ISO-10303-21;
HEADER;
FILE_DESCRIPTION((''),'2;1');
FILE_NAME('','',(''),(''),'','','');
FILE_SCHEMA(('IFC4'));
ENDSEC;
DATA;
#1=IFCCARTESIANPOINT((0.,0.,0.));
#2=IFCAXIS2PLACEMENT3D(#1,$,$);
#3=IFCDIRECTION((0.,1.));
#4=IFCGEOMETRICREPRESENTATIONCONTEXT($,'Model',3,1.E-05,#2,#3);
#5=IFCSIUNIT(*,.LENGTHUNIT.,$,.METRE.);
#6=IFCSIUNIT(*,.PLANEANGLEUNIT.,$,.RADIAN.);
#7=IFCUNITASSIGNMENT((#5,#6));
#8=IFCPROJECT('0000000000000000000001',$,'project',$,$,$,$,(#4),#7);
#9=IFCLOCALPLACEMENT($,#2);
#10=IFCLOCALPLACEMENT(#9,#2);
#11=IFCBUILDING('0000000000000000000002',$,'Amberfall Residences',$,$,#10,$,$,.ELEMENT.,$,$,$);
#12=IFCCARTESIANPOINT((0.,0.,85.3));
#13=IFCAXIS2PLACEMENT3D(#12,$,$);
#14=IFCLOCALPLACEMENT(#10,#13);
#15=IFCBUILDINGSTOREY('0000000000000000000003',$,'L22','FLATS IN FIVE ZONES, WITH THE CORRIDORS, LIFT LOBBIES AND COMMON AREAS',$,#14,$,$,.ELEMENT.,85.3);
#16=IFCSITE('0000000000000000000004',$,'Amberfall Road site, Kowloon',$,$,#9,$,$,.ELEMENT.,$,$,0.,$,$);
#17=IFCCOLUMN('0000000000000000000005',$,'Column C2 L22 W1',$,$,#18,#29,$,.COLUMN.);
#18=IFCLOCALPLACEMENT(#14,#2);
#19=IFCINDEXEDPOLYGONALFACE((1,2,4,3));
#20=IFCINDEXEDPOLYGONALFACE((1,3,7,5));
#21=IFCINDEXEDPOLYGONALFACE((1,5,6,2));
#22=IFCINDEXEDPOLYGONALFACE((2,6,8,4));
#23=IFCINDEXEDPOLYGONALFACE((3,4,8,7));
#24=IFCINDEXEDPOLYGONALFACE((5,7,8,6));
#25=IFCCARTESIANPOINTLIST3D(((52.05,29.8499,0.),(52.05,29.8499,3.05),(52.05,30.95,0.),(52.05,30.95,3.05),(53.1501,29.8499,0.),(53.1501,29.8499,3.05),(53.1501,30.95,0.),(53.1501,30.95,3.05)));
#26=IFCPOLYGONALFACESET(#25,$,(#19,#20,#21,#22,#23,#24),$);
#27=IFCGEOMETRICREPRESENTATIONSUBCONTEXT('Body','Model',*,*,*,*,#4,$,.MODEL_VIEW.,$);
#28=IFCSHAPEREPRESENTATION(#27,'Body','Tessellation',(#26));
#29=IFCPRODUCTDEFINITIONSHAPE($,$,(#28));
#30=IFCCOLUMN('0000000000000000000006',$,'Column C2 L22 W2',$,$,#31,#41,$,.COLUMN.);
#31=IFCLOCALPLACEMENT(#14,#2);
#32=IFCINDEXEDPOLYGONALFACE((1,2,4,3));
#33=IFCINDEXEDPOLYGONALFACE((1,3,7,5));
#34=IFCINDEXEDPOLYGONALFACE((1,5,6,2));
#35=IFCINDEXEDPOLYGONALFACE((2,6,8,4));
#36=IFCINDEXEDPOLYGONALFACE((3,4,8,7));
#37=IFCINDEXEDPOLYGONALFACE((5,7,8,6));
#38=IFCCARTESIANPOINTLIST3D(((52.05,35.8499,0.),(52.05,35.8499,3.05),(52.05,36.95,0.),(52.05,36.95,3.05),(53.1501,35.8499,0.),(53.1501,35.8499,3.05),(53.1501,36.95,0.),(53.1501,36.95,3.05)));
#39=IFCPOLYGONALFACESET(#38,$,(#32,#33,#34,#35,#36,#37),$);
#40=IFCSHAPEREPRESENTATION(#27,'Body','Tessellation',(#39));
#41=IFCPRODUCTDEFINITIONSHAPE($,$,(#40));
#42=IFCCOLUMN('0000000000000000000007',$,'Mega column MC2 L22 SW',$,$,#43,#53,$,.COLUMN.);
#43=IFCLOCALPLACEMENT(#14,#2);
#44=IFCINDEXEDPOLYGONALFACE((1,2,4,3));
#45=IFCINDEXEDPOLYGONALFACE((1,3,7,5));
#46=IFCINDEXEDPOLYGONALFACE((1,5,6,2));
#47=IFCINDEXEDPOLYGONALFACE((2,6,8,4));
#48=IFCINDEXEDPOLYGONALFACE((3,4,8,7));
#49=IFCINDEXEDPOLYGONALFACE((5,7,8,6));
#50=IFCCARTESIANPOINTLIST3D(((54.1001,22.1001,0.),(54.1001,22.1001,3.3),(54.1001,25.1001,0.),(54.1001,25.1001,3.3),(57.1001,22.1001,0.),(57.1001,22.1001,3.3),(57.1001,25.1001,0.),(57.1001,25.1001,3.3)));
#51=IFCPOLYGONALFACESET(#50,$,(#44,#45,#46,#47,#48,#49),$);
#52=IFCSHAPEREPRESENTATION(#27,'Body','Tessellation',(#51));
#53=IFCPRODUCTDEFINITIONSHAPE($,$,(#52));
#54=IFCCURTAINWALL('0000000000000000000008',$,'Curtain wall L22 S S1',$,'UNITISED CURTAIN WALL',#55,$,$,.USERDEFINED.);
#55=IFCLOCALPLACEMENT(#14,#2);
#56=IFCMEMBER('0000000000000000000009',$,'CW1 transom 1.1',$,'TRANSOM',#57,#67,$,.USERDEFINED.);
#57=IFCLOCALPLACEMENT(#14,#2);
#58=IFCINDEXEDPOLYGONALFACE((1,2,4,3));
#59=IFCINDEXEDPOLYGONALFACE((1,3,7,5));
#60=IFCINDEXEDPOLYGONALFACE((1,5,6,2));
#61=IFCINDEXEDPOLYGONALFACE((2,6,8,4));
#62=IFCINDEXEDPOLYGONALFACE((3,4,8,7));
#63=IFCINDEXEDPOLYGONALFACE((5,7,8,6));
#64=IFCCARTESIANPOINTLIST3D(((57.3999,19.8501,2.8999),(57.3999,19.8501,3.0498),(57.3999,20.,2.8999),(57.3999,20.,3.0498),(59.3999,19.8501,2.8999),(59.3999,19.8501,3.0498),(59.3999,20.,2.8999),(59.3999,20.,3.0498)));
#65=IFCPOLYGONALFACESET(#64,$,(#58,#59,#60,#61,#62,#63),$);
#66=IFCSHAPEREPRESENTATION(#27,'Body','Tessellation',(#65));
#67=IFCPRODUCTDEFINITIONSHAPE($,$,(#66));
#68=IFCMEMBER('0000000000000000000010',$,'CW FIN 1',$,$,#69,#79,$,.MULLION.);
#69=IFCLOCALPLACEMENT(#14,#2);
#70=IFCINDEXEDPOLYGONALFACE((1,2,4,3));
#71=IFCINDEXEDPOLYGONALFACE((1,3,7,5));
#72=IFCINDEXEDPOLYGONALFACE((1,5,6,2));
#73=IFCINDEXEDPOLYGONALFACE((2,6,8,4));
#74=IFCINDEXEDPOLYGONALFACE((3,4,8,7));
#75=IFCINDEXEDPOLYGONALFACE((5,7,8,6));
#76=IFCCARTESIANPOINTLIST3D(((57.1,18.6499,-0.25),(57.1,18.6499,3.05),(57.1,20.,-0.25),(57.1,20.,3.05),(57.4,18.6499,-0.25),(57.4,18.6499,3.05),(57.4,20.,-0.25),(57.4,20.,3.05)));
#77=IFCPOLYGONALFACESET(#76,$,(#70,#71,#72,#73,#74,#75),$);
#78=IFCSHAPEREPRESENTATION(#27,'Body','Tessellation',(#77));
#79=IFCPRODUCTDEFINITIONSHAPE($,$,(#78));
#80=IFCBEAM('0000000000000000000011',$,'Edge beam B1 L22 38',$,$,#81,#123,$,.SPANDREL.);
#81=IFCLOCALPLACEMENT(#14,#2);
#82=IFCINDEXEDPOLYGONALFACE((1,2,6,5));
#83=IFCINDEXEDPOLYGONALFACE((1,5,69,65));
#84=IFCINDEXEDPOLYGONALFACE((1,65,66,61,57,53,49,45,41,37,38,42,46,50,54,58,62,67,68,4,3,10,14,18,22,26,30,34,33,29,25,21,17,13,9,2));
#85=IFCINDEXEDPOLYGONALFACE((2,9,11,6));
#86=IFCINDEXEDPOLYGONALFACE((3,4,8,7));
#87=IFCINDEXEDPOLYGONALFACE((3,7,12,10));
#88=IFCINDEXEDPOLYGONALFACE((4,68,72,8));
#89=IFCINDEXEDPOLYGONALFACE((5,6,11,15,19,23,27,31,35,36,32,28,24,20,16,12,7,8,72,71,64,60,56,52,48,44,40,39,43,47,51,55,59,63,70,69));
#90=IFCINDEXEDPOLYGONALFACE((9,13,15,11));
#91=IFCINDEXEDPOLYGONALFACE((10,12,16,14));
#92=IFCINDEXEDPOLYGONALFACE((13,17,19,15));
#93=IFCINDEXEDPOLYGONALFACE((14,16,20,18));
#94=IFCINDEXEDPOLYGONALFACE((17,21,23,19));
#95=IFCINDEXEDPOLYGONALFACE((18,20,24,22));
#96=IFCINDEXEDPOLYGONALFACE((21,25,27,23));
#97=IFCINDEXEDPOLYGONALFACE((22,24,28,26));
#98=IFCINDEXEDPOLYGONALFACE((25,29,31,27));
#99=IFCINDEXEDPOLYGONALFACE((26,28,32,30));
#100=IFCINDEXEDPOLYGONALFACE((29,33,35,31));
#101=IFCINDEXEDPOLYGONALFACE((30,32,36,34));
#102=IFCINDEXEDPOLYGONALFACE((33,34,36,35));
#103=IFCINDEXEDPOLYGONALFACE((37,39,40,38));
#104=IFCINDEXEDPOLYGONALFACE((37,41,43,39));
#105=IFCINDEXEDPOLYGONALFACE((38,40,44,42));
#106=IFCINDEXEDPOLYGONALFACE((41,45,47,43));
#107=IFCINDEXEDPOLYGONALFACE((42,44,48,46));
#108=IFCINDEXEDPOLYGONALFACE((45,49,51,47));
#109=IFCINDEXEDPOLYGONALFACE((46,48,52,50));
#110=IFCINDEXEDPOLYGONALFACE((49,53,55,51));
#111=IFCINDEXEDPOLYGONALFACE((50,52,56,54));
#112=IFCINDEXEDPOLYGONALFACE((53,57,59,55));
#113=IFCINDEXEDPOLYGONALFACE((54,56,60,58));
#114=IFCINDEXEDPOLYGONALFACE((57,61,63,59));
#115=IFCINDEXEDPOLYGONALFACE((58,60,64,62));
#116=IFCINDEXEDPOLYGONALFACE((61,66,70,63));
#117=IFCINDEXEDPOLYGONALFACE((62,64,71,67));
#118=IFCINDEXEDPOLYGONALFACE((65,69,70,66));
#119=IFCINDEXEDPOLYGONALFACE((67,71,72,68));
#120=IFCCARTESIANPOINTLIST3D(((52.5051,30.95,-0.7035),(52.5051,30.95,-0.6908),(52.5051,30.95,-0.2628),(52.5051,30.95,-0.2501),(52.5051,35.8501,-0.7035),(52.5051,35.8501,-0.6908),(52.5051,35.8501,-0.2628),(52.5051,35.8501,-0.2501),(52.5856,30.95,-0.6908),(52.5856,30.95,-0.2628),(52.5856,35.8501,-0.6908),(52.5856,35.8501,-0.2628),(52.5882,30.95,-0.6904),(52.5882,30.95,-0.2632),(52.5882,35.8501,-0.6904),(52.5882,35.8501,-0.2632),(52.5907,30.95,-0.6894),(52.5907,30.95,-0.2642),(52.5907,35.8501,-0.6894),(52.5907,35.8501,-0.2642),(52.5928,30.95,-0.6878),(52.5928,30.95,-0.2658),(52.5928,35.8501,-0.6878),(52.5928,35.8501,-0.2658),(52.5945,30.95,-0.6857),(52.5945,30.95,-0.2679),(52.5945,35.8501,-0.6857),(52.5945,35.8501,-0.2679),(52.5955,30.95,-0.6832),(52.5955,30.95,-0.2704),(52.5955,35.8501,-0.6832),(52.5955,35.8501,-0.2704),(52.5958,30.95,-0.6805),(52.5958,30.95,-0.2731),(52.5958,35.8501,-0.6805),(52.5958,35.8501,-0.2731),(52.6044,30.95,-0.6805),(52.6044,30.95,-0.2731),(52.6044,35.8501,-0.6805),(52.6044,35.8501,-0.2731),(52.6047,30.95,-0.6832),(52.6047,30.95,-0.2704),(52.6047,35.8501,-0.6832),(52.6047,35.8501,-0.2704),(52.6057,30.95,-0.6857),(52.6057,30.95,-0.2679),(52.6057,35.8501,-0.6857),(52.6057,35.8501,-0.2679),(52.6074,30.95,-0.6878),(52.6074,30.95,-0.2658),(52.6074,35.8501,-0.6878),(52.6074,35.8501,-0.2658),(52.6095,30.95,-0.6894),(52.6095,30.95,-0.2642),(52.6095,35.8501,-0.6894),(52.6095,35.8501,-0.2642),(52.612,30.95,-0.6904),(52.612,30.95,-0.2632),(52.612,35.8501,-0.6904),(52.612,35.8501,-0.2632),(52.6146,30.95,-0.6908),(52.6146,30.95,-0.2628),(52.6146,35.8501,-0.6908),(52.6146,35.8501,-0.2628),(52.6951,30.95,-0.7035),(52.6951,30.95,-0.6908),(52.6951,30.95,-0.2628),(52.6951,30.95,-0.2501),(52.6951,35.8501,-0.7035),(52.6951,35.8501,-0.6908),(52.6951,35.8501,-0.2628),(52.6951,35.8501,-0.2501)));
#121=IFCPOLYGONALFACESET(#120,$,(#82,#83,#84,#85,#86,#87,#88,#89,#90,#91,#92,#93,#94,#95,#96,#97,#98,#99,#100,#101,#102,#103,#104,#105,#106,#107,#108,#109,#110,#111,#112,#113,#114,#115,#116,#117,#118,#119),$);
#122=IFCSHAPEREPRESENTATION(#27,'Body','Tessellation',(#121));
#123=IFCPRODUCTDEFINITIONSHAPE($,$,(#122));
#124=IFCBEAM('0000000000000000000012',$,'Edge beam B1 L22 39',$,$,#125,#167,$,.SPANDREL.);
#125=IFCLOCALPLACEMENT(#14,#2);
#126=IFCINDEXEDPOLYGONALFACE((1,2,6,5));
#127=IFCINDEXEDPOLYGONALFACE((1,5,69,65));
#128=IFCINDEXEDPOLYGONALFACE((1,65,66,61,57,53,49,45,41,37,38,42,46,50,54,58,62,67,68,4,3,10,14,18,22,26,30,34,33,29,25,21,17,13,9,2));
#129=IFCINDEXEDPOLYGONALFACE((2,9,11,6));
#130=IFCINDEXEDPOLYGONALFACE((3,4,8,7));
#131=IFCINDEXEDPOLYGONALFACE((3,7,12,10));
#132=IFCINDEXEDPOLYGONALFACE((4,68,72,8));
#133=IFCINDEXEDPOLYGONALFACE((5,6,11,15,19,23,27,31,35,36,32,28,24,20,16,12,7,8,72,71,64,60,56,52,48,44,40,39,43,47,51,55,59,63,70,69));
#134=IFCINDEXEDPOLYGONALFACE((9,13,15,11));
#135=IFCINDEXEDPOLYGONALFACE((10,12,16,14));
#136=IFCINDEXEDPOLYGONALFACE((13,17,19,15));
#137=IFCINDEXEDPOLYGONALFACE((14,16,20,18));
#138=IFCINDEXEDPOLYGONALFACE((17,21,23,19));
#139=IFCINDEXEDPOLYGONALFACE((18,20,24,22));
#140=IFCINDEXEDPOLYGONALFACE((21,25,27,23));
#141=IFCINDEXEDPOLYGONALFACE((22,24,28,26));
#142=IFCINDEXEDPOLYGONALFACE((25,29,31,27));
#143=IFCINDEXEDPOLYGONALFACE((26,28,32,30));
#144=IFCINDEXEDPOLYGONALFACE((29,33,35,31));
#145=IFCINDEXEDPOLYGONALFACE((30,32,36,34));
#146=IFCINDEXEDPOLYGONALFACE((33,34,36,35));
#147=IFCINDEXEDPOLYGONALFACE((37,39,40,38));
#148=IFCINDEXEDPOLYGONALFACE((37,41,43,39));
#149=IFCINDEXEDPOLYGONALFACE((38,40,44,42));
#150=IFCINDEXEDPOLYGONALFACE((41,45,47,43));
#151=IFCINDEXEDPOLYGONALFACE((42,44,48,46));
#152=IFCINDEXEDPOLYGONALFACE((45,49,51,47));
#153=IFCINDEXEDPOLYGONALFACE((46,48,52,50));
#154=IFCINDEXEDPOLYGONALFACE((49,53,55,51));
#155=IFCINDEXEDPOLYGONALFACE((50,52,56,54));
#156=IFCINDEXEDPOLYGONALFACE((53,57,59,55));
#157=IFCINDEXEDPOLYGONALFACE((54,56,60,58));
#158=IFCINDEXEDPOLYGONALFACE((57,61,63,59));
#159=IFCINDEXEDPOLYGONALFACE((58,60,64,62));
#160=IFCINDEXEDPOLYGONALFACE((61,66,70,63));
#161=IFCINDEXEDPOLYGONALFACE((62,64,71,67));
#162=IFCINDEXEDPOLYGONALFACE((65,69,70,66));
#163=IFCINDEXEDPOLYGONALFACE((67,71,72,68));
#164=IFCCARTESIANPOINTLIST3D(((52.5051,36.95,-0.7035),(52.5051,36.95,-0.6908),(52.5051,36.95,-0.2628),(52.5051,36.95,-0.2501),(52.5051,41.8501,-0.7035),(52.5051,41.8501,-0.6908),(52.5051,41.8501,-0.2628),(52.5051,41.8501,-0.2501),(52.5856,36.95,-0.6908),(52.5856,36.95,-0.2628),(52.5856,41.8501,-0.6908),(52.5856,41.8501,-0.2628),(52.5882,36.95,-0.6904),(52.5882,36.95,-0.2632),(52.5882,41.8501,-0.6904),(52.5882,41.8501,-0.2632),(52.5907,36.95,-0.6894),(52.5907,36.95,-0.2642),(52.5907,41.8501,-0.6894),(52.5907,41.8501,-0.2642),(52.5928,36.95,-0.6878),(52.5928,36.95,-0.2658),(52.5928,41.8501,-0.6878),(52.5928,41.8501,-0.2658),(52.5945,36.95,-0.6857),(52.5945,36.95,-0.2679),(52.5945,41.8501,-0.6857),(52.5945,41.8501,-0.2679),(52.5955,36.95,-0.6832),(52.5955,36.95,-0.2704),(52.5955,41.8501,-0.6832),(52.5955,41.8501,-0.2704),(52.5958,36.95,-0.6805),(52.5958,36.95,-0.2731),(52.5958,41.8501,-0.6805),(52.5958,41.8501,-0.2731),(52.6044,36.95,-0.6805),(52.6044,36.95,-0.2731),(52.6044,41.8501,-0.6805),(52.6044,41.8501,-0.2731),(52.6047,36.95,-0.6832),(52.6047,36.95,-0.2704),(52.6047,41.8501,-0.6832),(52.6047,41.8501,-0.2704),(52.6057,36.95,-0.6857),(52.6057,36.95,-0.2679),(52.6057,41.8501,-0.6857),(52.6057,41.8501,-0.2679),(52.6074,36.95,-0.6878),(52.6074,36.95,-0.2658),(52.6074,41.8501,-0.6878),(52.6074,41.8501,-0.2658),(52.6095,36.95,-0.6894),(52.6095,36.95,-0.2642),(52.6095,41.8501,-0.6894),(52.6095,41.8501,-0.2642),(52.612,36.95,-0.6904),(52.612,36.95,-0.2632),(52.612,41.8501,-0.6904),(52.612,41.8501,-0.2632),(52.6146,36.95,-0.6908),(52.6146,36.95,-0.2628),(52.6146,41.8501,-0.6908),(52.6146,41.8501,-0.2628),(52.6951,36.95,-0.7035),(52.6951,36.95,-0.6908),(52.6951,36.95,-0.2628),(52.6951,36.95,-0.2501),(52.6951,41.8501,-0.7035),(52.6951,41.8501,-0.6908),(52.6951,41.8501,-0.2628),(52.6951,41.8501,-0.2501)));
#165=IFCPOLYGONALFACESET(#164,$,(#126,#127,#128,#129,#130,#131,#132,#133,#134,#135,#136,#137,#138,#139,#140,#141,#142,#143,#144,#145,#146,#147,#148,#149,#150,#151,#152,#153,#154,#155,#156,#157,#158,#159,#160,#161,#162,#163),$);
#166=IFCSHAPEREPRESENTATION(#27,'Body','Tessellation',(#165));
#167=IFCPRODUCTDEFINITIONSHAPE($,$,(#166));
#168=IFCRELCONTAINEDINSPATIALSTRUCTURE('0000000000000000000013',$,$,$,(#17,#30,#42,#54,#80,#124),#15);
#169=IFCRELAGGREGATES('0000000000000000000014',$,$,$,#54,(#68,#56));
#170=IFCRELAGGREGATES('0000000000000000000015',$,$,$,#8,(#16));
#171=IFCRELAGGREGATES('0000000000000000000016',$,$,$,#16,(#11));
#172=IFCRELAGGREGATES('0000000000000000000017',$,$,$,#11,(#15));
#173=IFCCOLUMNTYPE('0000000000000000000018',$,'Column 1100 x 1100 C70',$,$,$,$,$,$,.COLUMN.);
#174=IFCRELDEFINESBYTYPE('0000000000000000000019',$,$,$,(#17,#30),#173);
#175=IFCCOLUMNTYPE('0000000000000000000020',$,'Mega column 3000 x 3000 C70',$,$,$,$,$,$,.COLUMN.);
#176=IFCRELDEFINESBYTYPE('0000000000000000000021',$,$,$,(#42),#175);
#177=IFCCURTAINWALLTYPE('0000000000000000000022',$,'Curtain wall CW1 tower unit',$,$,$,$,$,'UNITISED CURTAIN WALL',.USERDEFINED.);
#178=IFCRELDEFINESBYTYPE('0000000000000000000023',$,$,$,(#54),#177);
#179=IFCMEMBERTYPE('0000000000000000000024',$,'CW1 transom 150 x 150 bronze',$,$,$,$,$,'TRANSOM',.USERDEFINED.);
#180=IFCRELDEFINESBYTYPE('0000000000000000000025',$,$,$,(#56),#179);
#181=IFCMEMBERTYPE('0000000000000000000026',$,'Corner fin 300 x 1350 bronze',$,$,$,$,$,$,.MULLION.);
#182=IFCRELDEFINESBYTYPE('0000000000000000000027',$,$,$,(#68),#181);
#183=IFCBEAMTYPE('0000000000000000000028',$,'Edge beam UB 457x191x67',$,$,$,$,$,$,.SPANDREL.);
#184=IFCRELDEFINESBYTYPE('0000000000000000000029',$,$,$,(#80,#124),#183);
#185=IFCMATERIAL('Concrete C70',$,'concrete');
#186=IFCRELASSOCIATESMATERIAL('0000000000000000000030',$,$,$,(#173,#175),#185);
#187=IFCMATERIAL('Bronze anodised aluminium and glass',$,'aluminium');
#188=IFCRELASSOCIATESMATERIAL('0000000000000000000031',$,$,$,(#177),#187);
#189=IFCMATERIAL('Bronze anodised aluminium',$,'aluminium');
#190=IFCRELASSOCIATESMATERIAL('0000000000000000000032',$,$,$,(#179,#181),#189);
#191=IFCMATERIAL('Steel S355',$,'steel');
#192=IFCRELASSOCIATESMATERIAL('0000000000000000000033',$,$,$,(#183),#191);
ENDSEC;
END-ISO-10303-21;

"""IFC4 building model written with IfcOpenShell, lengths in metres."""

from ifc_helpers import new_model, si_unit, direction, frame, origin, origin_2d, place, context, subcontext, project, spatial, rectangle, i_section, extrude, material, material_profile, profile_set, type_object, element, aggregate, save


model = new_model("IFC4")

# Units and contexts
model_context = context("Model", 3, precision=1e-05, world=origin(), true_north=direction((0.0, 1.0)))
body_context = subcontext(model_context, "Body", "Model", "MODEL_VIEW")
ifc_project = project(units=[si_unit("LENGTHUNIT", "METRE"), si_unit("PLANEANGLEUNIT", "RADIAN")], contexts=[model_context])

# Site, building, storey
site_placement = place(None, origin())
site = spatial("IfcSite", under=ifc_project, at=site_placement, Name="Amberfall Road site, Kowloon", CompositionType="ELEMENT", RefElevation=0.0)
building_placement = place(site_placement, origin())
building = spatial("IfcBuilding", under=site, at=building_placement, Name="Amberfall Residences", CompositionType="ELEMENT")
storey_placement = place(building_placement, frame((0.0, 0.0, 85.3)))
storey = spatial("IfcBuildingStorey", under=building, at=storey_placement, Name="L22", Description="FLATS IN FIVE ZONES, WITH THE CORRIDORS, LIFT LOBBIES AND COMMON AREAS", CompositionType="ELEMENT", Elevation=85.3)

# Columns
ifc_material_1 = material(Name="Concrete C70", Category="concrete")
ifc_material_profile_1 = material_profile(ifc_material_1, rectangle(XDim=1.1001, YDim=1.1001, at=origin_2d()), Name="Column 1100 x 1100 C70")
ifc_profile_set_1 = profile_set([ifc_material_profile_1], Name="Concrete C70")
column_type_1 = type_object("IfcColumnType", Name="Column 1100 x 1100 C70", PredefinedType="COLUMN", material=ifc_profile_set_1)
for number, where, z_axis, x_axis, name in (
    (1, (52.6001, 30.3999, 0.0), (0.0, 0.0, 1.0), (1.0, 0.0, 0.0), "Column C2 L22 W1"),
    (2, (52.6001, 36.3999, 0.0), (0.0, 0.0, 1.0), (1.0, 0.0, 0.0), "Column C2 L22 W2"),
):
    element("IfcColumn", number, at=place(storey_placement, frame(where, z_axis=z_axis, x_axis=x_axis)), inside=storey, type_object=column_type_1, Name=name, PredefinedType="COLUMN", context=body_context, shape_type="SweptSolid", body=[
        extrude(rectangle(XDim=1.1001, YDim=1.1001, at=origin_2d()), origin(), (0.0, 0.0, 1.0), 3.05),
    ])
ifc_material_profile_2 = material_profile(ifc_material_1, rectangle(XDim=3.0, YDim=3.0, at=origin_2d()), Name="Mega column 3000 x 3000 C70")
ifc_profile_set_2 = profile_set([ifc_material_profile_2], Name="Concrete C70")
column_type_2 = type_object("IfcColumnType", Name="Mega column 3000 x 3000 C70", PredefinedType="COLUMN", material=ifc_profile_set_2)
column_placement = place(storey_placement, frame((55.6001, 23.6001, 0.0), z_axis=(0.0, 0.0, 1.0), x_axis=(1.0, 0.0, 0.0)))
element("IfcColumn", 3, at=column_placement, inside=storey, type_object=column_type_2, Name="Mega column MC2 L22 SW", PredefinedType="COLUMN", context=body_context, shape_type="SweptSolid", body=[
    extrude(rectangle(XDim=3.0, YDim=3.0, at=origin_2d()), origin(), (0.0, 0.0, 1.0), 3.3),
])

# Curtain wall, members
ifc_material_2 = material(Name="Bronze anodised aluminium and glass", Category="aluminium")
curtain_wall_type = type_object("IfcCurtainWallType", Name="Curtain wall CW1 tower unit", ElementType="UNITISED CURTAIN WALL", PredefinedType="USERDEFINED", material=ifc_material_2)
curtain_wall_placement = place(storey_placement, origin())
curtain_wall = element("IfcCurtainWall", 4, at=curtain_wall_placement, inside=storey, type_object=curtain_wall_type, Name="Curtain wall L22 S S1", ObjectType="UNITISED CURTAIN WALL", PredefinedType="USERDEFINED")
ifc_material_3 = material(Name="Bronze anodised aluminium", Category="aluminium")
ifc_material_profile_3 = material_profile(ifc_material_3, rectangle(XDim=0.1499, YDim=0.1499, at=origin_2d()), Name="CW1 transom 150 x 150 bronze")
ifc_profile_set_3 = profile_set([ifc_material_profile_3], Name="Bronze anodised aluminium")
member_type_1 = type_object("IfcMemberType", Name="CW1 transom 150 x 150 bronze", ElementType="TRANSOM", PredefinedType="USERDEFINED", material=ifc_profile_set_3)
member_1_placement = place(storey_placement, frame((57.3999, 19.925, 2.9749), z_axis=(1.0, 0.0, 0.0), x_axis=(0.0, 1.0, 0.0)))
member_1 = element("IfcMember", 5, at=member_1_placement, type_object=member_type_1, Name="CW1 transom 1.1", ObjectType="TRANSOM", PredefinedType="USERDEFINED", context=body_context, shape_type="SweptSolid", body=[
    extrude(rectangle(XDim=0.1499, YDim=0.1499, at=origin_2d()), origin(), (0.0, 0.0, 1.0), 2.0),
])
ifc_material_profile_4 = material_profile(ifc_material_3, rectangle(XDim=1.3501, YDim=0.3, at=origin_2d()), Name="Corner fin 300 x 1350 bronze")
ifc_profile_set_4 = profile_set([ifc_material_profile_4], Name="Bronze anodised aluminium")
member_type_2 = type_object("IfcMemberType", Name="Corner fin 300 x 1350 bronze", PredefinedType="MULLION", material=ifc_profile_set_4)
member_2_placement = place(storey_placement, frame((57.25, 19.325, -0.25), z_axis=(0.0, 0.0, 1.0), x_axis=(0.0, 1.0, 0.0)))
member_2 = element("IfcMember", 6, at=member_2_placement, type_object=member_type_2, Name="CW FIN 1", PredefinedType="MULLION", context=body_context, shape_type="SweptSolid", body=[
    extrude(rectangle(XDim=1.3501, YDim=0.3, at=origin_2d()), origin(), (0.0, 0.0, 1.0), 3.3),
])

# Beams
ifc_material_4 = material(Name="Steel S355", Category="steel")
ifc_material_profile_5 = material_profile(ifc_material_4, i_section(OverallWidth=0.1899, OverallDepth=0.4534, WebThickness=0.0085, FlangeThickness=0.0127, FilletRadius=0.0103, at=origin_2d()), Name="UB 457x191x67")
ifc_profile_set_5 = profile_set([ifc_material_profile_5], Name="Steel S355")
beam_type_1 = type_object("IfcBeamType", Name="Edge beam UB 457x191x67", PredefinedType="SPANDREL", material=ifc_profile_set_5)
for number, where, z_axis, x_axis, name in (
    (7, (52.6001, 30.95, -0.4768), (0.0, 1.0, 0.0), (-1.0, 0.0, 0.0), "Edge beam B1 L22 38"),
    (8, (52.6001, 36.95, -0.4768), (0.0, 1.0, 0.0), (-1.0, 0.0, 0.0), "Edge beam B1 L22 39"),
):
    element("IfcBeam", number, at=place(storey_placement, frame(where, z_axis=z_axis, x_axis=x_axis)), inside=storey, type_object=beam_type_1, Name=name, PredefinedType="SPANDREL", context=body_context, shape_type="SweptSolid", body=[
        extrude(i_section(OverallWidth=0.1899, OverallDepth=0.4534, WebThickness=0.0085, FlangeThickness=0.0127, FilletRadius=0.0103, at=origin_2d()), origin(), (0.0, 0.0, 1.0), 4.9001),
    ])

aggregate(curtain_wall, [member_2, member_1])

save(model, "model.ifc")
